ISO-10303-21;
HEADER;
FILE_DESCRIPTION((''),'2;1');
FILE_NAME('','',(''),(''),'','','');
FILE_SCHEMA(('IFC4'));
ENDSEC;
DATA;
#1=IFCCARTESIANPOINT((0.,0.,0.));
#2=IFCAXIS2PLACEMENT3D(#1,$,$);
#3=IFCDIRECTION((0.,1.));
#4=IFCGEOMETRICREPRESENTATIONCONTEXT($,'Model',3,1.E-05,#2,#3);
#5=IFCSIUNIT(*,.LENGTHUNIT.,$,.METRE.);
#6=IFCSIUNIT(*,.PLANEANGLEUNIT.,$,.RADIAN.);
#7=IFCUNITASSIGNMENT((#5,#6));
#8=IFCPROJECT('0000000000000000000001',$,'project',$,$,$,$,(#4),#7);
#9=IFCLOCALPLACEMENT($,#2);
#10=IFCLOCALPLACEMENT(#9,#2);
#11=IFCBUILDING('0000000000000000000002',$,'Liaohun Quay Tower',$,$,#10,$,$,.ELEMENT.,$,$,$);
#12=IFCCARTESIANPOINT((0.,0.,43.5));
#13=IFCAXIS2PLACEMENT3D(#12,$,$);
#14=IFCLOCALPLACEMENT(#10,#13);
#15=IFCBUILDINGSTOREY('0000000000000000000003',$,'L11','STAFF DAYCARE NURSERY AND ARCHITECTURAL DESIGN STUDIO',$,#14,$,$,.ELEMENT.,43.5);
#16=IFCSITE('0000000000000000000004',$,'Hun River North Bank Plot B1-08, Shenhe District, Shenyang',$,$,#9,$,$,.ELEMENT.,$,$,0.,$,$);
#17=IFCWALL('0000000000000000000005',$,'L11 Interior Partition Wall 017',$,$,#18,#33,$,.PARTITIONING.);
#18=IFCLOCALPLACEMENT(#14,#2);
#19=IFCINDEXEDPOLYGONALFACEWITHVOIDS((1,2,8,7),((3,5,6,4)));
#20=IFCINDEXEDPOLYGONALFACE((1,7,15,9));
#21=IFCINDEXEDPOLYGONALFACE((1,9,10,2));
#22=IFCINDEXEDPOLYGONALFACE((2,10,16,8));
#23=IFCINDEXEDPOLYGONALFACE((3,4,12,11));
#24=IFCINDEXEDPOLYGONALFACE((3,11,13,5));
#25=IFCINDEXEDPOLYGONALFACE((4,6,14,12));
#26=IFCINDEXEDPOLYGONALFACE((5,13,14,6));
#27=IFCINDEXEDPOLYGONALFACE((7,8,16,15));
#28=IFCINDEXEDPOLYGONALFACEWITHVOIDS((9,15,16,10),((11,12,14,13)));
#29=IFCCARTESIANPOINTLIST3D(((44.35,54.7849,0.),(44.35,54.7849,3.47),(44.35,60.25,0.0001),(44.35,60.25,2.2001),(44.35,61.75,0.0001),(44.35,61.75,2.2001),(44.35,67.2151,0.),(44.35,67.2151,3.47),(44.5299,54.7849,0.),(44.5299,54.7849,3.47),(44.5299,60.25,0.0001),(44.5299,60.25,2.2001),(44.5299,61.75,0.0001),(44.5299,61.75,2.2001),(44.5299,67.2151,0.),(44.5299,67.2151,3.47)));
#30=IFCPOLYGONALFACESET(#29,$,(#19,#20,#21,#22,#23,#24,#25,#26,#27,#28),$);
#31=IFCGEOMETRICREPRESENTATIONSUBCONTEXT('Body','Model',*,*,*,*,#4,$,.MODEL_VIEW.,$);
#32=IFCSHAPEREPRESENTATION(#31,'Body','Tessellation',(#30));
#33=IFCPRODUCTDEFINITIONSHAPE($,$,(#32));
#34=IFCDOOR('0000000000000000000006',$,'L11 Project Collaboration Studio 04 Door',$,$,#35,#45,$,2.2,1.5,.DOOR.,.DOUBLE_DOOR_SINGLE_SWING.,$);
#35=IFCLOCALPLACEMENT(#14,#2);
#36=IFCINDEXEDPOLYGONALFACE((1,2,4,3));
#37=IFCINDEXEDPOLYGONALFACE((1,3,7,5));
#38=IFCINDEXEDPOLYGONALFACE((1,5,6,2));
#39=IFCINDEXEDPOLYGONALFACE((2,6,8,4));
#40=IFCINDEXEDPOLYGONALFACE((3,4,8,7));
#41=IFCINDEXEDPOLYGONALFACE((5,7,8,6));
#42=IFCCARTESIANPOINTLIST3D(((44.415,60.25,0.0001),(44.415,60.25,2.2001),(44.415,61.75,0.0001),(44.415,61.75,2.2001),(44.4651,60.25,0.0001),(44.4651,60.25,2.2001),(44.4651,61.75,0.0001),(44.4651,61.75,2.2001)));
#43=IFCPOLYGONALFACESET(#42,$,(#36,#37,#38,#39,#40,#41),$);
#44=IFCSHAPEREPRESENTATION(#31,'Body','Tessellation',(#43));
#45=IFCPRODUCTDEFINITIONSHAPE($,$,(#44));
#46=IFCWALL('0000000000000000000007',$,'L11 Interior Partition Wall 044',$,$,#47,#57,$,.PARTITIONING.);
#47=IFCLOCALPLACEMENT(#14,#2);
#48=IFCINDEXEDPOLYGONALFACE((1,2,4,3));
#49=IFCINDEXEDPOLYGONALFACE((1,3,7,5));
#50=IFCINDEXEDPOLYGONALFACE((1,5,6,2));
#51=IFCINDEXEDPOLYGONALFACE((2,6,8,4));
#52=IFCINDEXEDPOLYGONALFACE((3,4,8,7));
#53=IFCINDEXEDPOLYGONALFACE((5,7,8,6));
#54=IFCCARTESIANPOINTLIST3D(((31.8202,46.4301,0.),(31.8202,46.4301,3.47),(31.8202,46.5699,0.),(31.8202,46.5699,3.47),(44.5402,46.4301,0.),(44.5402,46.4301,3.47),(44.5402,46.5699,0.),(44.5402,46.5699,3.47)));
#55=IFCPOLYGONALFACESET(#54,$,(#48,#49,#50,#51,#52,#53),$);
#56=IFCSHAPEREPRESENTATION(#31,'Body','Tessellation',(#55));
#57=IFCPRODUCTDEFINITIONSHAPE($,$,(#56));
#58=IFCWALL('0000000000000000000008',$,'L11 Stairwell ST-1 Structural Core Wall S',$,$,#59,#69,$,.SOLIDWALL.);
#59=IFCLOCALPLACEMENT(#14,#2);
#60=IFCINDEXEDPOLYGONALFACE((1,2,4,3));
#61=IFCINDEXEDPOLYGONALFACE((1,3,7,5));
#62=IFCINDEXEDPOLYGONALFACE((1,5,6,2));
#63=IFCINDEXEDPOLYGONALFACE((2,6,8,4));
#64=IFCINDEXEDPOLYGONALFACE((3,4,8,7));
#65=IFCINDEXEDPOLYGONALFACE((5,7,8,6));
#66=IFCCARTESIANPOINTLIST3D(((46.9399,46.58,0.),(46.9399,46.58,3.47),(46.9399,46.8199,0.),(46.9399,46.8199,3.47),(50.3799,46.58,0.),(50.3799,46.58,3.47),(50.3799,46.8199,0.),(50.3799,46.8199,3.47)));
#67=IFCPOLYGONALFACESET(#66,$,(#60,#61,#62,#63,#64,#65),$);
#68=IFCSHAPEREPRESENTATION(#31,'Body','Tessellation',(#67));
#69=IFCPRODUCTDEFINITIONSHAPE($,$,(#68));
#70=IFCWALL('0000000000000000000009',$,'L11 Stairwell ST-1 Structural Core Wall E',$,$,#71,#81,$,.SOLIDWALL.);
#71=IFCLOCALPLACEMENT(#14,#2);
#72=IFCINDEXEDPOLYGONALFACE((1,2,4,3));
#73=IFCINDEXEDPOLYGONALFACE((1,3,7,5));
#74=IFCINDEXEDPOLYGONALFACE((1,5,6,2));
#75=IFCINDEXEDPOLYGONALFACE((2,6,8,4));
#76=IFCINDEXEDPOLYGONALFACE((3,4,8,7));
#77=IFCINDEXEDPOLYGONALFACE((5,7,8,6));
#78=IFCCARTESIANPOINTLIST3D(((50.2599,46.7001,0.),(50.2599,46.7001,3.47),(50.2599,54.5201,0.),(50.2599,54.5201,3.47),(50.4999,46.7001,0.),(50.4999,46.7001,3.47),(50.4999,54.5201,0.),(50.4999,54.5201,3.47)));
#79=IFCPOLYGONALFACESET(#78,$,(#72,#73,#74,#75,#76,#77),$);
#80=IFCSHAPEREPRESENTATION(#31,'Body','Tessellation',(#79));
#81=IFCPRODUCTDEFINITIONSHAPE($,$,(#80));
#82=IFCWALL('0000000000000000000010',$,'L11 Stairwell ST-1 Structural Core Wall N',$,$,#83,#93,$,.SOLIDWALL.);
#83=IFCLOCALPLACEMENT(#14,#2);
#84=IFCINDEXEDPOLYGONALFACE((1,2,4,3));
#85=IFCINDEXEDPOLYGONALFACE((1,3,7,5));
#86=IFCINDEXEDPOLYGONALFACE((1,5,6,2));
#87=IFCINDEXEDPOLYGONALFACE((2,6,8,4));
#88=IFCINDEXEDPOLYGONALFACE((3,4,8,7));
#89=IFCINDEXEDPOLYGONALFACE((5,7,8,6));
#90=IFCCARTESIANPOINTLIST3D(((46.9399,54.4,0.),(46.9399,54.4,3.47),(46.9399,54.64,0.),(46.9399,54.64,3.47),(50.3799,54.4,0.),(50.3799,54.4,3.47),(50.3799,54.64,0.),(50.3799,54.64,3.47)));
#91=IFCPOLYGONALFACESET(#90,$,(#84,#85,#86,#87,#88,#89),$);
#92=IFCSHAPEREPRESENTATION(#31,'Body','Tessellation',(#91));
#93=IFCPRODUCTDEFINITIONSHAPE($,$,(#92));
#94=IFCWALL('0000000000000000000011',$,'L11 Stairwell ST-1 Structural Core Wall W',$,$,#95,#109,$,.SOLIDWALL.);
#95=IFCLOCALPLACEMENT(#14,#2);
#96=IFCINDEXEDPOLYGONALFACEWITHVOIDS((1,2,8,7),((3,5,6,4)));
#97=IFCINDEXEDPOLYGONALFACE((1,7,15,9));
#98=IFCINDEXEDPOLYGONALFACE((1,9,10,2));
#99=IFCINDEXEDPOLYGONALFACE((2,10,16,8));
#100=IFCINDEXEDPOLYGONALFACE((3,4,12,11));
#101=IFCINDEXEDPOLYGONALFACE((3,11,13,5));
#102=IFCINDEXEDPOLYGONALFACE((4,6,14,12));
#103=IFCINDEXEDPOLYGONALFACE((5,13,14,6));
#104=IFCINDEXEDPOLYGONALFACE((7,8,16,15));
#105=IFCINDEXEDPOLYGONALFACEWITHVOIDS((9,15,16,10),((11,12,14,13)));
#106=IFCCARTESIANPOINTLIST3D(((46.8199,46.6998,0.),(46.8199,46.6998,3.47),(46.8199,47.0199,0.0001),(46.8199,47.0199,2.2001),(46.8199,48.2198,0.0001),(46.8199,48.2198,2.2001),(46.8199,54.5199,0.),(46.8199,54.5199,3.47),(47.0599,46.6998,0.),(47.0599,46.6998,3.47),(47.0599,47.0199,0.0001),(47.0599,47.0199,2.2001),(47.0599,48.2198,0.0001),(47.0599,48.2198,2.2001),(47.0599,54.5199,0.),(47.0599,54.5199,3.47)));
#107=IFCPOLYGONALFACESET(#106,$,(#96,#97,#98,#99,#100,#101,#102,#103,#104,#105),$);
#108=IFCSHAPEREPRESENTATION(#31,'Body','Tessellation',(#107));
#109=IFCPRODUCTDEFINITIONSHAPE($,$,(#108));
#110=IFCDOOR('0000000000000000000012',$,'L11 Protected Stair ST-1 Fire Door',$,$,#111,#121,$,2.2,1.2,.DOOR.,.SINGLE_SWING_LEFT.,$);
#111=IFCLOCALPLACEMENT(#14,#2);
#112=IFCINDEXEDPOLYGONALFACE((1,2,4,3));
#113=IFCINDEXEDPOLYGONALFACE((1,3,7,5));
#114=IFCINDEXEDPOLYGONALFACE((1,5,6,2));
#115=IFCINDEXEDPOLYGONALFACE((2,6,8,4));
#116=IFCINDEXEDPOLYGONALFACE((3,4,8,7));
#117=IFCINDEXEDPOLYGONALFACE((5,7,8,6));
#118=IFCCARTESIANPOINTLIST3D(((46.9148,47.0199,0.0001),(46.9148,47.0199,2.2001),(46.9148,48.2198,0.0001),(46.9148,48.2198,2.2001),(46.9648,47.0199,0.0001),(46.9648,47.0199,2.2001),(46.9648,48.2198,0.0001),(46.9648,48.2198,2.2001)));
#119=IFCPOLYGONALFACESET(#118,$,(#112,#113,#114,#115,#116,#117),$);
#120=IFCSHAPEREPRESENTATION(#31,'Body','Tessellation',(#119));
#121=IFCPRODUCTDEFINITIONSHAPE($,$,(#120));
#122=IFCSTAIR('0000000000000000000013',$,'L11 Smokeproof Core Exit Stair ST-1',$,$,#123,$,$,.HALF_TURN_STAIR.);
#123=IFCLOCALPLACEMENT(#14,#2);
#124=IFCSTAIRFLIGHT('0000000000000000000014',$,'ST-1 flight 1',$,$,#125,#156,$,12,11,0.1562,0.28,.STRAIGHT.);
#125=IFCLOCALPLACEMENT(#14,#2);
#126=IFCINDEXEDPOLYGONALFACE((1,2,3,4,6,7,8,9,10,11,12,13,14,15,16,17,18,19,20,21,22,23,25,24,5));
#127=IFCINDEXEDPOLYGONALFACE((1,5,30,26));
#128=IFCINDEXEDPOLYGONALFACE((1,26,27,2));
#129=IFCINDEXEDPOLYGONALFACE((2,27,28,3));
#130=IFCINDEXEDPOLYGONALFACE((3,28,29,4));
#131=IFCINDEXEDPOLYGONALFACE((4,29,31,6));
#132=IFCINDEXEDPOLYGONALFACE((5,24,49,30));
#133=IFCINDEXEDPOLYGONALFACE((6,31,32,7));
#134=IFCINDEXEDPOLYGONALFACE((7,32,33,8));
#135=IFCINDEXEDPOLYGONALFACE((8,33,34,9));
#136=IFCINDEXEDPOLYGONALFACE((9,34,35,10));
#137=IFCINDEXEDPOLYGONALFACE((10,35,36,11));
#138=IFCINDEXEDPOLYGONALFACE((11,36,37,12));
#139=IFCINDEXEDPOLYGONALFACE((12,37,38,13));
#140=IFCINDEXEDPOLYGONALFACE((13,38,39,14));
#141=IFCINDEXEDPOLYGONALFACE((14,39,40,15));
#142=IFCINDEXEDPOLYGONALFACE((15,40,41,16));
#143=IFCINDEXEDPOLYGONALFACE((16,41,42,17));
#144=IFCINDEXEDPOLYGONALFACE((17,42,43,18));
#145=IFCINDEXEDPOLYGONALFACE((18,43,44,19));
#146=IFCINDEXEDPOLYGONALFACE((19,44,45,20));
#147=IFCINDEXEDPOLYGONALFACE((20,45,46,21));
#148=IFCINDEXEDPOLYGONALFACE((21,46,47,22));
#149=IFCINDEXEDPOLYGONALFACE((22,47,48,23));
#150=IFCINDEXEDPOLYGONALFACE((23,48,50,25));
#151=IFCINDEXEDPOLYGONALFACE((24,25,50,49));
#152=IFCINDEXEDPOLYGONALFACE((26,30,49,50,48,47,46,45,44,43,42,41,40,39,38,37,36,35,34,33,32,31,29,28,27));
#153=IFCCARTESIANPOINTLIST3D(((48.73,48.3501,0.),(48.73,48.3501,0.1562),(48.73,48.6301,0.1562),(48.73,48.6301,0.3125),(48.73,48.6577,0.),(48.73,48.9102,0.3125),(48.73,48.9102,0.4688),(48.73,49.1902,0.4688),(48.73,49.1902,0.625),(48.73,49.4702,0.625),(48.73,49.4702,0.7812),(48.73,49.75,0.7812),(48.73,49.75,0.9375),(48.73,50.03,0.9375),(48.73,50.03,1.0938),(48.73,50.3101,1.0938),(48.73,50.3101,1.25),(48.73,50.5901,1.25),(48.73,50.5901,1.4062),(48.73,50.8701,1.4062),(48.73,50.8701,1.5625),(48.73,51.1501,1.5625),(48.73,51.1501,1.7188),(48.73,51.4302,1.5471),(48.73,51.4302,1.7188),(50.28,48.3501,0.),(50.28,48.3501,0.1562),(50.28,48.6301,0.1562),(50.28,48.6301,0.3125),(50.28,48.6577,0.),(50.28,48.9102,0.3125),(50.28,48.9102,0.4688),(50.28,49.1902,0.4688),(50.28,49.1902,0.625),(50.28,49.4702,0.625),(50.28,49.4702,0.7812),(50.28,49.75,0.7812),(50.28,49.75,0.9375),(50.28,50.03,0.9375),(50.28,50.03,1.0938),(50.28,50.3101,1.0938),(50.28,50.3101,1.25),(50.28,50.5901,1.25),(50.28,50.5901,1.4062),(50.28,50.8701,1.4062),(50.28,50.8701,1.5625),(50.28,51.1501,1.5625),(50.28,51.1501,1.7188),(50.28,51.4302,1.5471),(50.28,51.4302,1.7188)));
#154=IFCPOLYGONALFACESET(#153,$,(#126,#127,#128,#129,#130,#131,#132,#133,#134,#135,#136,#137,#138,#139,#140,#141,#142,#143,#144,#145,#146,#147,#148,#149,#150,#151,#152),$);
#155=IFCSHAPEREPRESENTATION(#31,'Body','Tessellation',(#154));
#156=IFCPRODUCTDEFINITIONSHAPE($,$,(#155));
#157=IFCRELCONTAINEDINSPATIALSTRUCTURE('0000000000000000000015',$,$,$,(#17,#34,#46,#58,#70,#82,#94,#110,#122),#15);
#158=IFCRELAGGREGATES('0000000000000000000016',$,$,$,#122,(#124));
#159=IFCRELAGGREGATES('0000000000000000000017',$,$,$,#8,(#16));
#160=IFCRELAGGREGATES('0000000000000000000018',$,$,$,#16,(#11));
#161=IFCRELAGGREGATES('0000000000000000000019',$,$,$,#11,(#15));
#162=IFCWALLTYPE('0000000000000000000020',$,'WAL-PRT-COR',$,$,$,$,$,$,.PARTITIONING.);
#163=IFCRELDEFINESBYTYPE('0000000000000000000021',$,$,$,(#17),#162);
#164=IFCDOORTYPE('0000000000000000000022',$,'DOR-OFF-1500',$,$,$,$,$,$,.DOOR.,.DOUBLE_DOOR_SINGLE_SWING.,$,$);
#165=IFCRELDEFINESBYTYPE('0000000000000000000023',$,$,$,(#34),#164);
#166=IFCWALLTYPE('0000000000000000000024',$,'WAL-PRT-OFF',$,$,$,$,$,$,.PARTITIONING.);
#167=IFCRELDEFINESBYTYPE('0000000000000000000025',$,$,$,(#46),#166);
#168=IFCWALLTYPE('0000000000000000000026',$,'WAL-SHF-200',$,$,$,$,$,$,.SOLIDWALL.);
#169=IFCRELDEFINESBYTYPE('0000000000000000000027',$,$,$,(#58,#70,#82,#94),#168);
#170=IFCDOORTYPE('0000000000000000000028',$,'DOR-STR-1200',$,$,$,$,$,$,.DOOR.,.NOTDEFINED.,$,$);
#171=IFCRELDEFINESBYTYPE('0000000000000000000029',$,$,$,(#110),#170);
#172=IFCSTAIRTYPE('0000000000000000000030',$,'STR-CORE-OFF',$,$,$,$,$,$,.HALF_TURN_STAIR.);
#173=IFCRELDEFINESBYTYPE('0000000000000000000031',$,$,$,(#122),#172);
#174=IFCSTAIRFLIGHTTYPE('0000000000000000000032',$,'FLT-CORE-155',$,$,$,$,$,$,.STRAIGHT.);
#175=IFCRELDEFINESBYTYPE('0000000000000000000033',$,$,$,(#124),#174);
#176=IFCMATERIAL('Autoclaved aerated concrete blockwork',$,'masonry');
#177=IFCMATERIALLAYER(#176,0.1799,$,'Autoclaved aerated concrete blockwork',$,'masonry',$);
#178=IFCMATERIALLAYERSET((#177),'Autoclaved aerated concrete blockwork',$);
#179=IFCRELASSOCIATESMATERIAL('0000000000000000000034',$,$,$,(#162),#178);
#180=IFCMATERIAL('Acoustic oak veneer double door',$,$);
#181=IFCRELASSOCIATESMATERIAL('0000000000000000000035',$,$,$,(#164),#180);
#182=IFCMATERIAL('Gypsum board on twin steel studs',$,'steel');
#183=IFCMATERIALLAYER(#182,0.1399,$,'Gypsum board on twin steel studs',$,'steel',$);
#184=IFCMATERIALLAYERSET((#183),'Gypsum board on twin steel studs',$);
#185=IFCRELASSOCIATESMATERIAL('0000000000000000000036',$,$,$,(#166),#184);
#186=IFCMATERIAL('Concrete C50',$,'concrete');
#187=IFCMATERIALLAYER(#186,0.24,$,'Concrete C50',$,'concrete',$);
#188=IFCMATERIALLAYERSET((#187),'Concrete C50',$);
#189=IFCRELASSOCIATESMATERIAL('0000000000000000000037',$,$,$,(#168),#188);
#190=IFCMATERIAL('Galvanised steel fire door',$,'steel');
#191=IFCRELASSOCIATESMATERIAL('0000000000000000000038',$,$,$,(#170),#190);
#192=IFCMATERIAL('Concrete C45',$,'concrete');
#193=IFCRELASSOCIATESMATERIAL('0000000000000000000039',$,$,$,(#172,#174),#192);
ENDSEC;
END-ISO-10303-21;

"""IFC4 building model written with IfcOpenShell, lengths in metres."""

from ifc_helpers import new_model, si_unit, direction, frame, frame_2d, origin, place, context, subcontext, project, spatial, polyline, rectangle, outline, extrude, source, transform, mapped, material, layer, layer_set, type_object, element, fill, aggregate, save


model = new_model("IFC4")

# Units and contexts
model_context = context("Model", 3, precision=1e-05, world=origin(), true_north=direction((0.0, 1.0)))
body_context = subcontext(model_context, "Body", "Model", "MODEL_VIEW")
ifc_project = project(units=[si_unit("LENGTHUNIT", "METRE"), si_unit("PLANEANGLEUNIT", "RADIAN")], contexts=[model_context])

# Site, building, storey
site_placement = place(None, origin())
site = spatial("IfcSite", under=ifc_project, at=site_placement, Name="Hun River North Bank Plot B1-08, Shenhe District, Shenyang", CompositionType="ELEMENT", RefElevation=0.0)
building_placement = place(site_placement, origin())
building = spatial("IfcBuilding", under=site, at=building_placement, Name="Liaohun Quay Tower", CompositionType="ELEMENT")
storey_placement = place(building_placement, frame((0.0, 0.0, 43.5)))
storey = spatial("IfcBuildingStorey", under=building, at=storey_placement, Name="L11", Description="STAFF DAYCARE NURSERY AND ARCHITECTURAL DESIGN STUDIO", CompositionType="ELEMENT", Elevation=43.5)

# Wall, opening, door
ifc_material_1 = material(Name="Autoclaved aerated concrete blockwork", Category="masonry")
ifc_layer_1 = layer(ifc_material_1, 0.1799, Name="Autoclaved aerated concrete blockwork", Category="masonry")
ifc_layer_set_1 = layer_set([ifc_layer_1], Name="Autoclaved aerated concrete blockwork")
wall_type_1 = type_object("IfcWallType", Name="WAL-PRT-COR", PredefinedType="PARTITIONING", material=ifc_layer_set_1)
wall_1_placement = place(storey_placement, frame((44.4399, 54.7849, 0.0), z_axis=(0.0, 0.0, 1.0), x_axis=(0.0, 1.0, 0.0)))
wall_1 = element("IfcWall", 1, at=wall_1_placement, inside=storey, type_object=wall_type_1, Name="L11 Interior Partition Wall 017", PredefinedType="PARTITIONING", context=body_context, shape_type="SweptSolid", body=[
    extrude(rectangle(XDim=12.4302, YDim=0.1799, at=frame_2d((6.2151, 0.0))), origin(), (0.0, 0.0, 1.0), 3.47),
])
shared_shape_1 = source(origin(), body_context, "Body", "SweptSolid", [
    extrude(rectangle(XDim=1.5, YDim=2.2, at=frame_2d((0.75, 1.1001))), frame((0.0, 0.0999, 0.0), z_axis=(0.0, -1.0, 0.0), x_axis=(1.0, 0.0, 0.0)), (0.0, 0.0, 1.0), 0.2),
])
opening_1_placement = place(wall_1_placement, frame((5.4651, 0.0, 0.0)))
opening_1 = element("IfcOpeningElement", 2, at=opening_1_placement, cuts=wall_1, PredefinedType="OPENING", context=body_context, shape_type="MappedRepresentation", body=[
    mapped(shared_shape_1, transform((0.0, 0.0, 0.0), x_axis=(1.0, 0.0, 0.0), y_axis=(0.0, 1.0, 0.0), z_axis=(0.0, 0.0, 1.0), scale=1.0)),
])
ifc_material_2 = material(Name="Acoustic oak veneer double door")
door_type_1 = type_object("IfcDoorType", Name="DOR-OFF-1500", OperationType="DOUBLE_DOOR_SINGLE_SWING", PredefinedType="DOOR", material=ifc_material_2)
shared_shape_2 = source(origin(), body_context, "Body", "SweptSolid", [
    extrude(rectangle(XDim=1.5, YDim=2.2, at=frame_2d((0.75, 1.1001))), frame((0.0, 0.0249, 0.0), z_axis=(0.0, -1.0, 0.0), x_axis=(1.0, 0.0, 0.0)), (0.0, 0.0, 1.0), 0.05),
])
door_1_placement = place(opening_1_placement, origin())
door_1 = element("IfcDoor", 3, at=door_1_placement, inside=storey, type_object=door_type_1, Name="L11 Project Collaboration Studio 04 Door", OperationType="DOUBLE_DOOR_SINGLE_SWING", OverallHeight=2.2, OverallWidth=1.5, PredefinedType="DOOR", context=body_context, shape_type="MappedRepresentation", body=[
    mapped(shared_shape_2, transform((0.0, 0.0, 0.0), x_axis=(1.0, 0.0, 0.0), y_axis=(0.0, 1.0, 0.0), z_axis=(0.0, 0.0, 1.0), scale=1.0)),
])
fill(opening_1, door_1)

# Walls
ifc_material_3 = material(Name="Gypsum board on twin steel studs", Category="steel")
ifc_layer_2 = layer(ifc_material_3, 0.1399, Name="Gypsum board on twin steel studs", Category="steel")
ifc_layer_set_2 = layer_set([ifc_layer_2], Name="Gypsum board on twin steel studs")
wall_type_2 = type_object("IfcWallType", Name="WAL-PRT-OFF", PredefinedType="PARTITIONING", material=ifc_layer_set_2)
wall_2_placement = place(storey_placement, frame((44.54, 46.5, 0.0), z_axis=(0.0, 0.0, 1.0), x_axis=(-1.0, 0.0, 0.0)))
element("IfcWall", 4, at=wall_2_placement, inside=storey, type_object=wall_type_2, Name="L11 Interior Partition Wall 044", PredefinedType="PARTITIONING", context=body_context, shape_type="SweptSolid", body=[
    extrude(rectangle(XDim=12.72, YDim=0.1399, at=frame_2d((6.3599, 0.0))), origin(), (0.0, 0.0, 1.0), 3.47),
])
ifc_material_4 = material(Name="Concrete C50", Category="concrete")
ifc_layer_3 = layer(ifc_material_4, 0.24, Name="Concrete C50", Category="concrete")
ifc_layer_set_3 = layer_set([ifc_layer_3], Name="Concrete C50")
wall_type_3 = type_object("IfcWallType", Name="WAL-SHF-200", PredefinedType="SOLIDWALL", material=ifc_layer_set_3)
wall_3_placement = place(storey_placement, frame((46.9399, 46.7, 0.0), z_axis=(0.0, 0.0, 1.0), x_axis=(1.0, 0.0, 0.0)))
element("IfcWall", 5, at=wall_3_placement, inside=storey, type_object=wall_type_3, Name="L11 Stairwell ST-1 Structural Core Wall S", PredefinedType="SOLIDWALL", context=body_context, shape_type="SweptSolid", body=[
    extrude(rectangle(XDim=3.4399, YDim=0.24, at=frame_2d((1.72, 0.0))), origin(), (0.0, 0.0, 1.0), 3.47),
])
wall_4_placement = place(storey_placement, frame((50.3799, 46.7, 0.0), z_axis=(0.0, 0.0, 1.0), x_axis=(0.0, 1.0, 0.0)))
element("IfcWall", 6, at=wall_4_placement, inside=storey, type_object=wall_type_3, Name="L11 Stairwell ST-1 Structural Core Wall E", PredefinedType="SOLIDWALL", context=body_context, shape_type="SweptSolid", body=[
    extrude(rectangle(XDim=7.8201, YDim=0.24, at=frame_2d((3.9102, 0.0))), origin(), (0.0, 0.0, 1.0), 3.47),
])
wall_5_placement = place(storey_placement, frame((50.3799, 54.52, 0.0), z_axis=(0.0, 0.0, 1.0), x_axis=(-1.0, 0.0, 0.0)))
element("IfcWall", 7, at=wall_5_placement, inside=storey, type_object=wall_type_3, Name="L11 Stairwell ST-1 Structural Core Wall N", PredefinedType="SOLIDWALL", context=body_context, shape_type="SweptSolid", body=[
    extrude(rectangle(XDim=3.4399, YDim=0.24, at=frame_2d((1.72, 0.0))), origin(), (0.0, 0.0, 1.0), 3.47),
])

# Wall, opening, door
wall_6_placement = place(storey_placement, frame((46.9399, 54.52, 0.0), z_axis=(0.0, 0.0, 1.0), x_axis=(0.0, -1.0, 0.0)))
wall_6 = element("IfcWall", 8, at=wall_6_placement, inside=storey, type_object=wall_type_3, Name="L11 Stairwell ST-1 Structural Core Wall W", PredefinedType="SOLIDWALL", context=body_context, shape_type="SweptSolid", body=[
    extrude(rectangle(XDim=7.8201, YDim=0.24, at=frame_2d((3.9102, 0.0))), origin(), (0.0, 0.0, 1.0), 3.47),
])
shared_shape_3 = source(origin(), body_context, "Body", "SweptSolid", [
    extrude(rectangle(XDim=1.2, YDim=2.2, at=frame_2d((0.6001, 1.1001))), frame((0.0, 0.1299, 0.0), z_axis=(0.0, -1.0, 0.0), x_axis=(1.0, 0.0, 0.0)), (0.0, 0.0, 1.0), 0.26),
])
opening_2_placement = place(wall_6_placement, frame((6.3, 0.0, 0.0)))
opening_2 = element("IfcOpeningElement", 9, at=opening_2_placement, cuts=wall_6, PredefinedType="OPENING", context=body_context, shape_type="MappedRepresentation", body=[
    mapped(shared_shape_3, transform((0.0, 0.0, 0.0), x_axis=(1.0, 0.0, 0.0), y_axis=(0.0, 1.0, 0.0), z_axis=(0.0, 0.0, 1.0), scale=1.0)),
])
ifc_material_5 = material(Name="Galvanised steel fire door", Category="steel")
door_type_2 = type_object("IfcDoorType", Name="DOR-STR-1200", OperationType="NOTDEFINED", PredefinedType="DOOR", material=ifc_material_5)
shared_shape_4 = source(origin(), body_context, "Body", "SweptSolid", [
    extrude(rectangle(XDim=1.2, YDim=2.2, at=frame_2d((0.6001, 1.1001))), frame((0.0, 0.0249, 0.0), z_axis=(0.0, -1.0, 0.0), x_axis=(1.0, 0.0, 0.0)), (0.0, 0.0, 1.0), 0.05),
])
door_2_placement = place(opening_2_placement, origin())
door_2 = element("IfcDoor", 10, at=door_2_placement, inside=storey, type_object=door_type_2, Name="L11 Protected Stair ST-1 Fire Door", OperationType="SINGLE_SWING_LEFT", OverallHeight=2.2, OverallWidth=1.2, PredefinedType="DOOR", context=body_context, shape_type="MappedRepresentation", body=[
    mapped(shared_shape_4, transform((0.0, 0.0, 0.0), x_axis=(1.0, 0.0, 0.0), y_axis=(0.0, 1.0, 0.0), z_axis=(0.0, 0.0, 1.0), scale=1.0)),
])
fill(opening_2, door_2)

# Stair, stair flight
ifc_material_6 = material(Name="Concrete C45", Category="concrete")
stair_type = type_object("IfcStairType", Name="STR-CORE-OFF", PredefinedType="HALF_TURN_STAIR", material=ifc_material_6)
stair_placement = place(storey_placement, origin())
stair = element("IfcStair", 11, at=stair_placement, inside=storey, type_object=stair_type, Name="L11 Smokeproof Core Exit Stair ST-1", PredefinedType="HALF_TURN_STAIR")
stair_flight_type = type_object("IfcStairFlightType", Name="FLT-CORE-155", PredefinedType="STRAIGHT", material=ifc_material_6)
stair_flight_1_placement = place(storey_placement, frame((49.5049, 48.3501, 0.0), z_axis=(0.0, 0.0, 1.0), x_axis=(0.0, 1.0, 0.0)))
stair_flight_1 = element("IfcStairFlight", 12, at=stair_flight_1_placement, type_object=stair_flight_type, Name="ST-1 flight 1", NumberOfRisers=12, NumberOfTreads=11, PredefinedType="STRAIGHT", RiserHeight=0.1562, TreadLength=0.28, context=body_context, shape_type="SweptSolid", body=[
    extrude(outline(polyline([(0.0, 0.0), (0.0, 0.1562), (0.28, 0.1562), (0.28, 0.3125), (0.5601, 0.3125), (0.5601, 0.4688), (0.8401, 0.4688), (0.8401, 0.625), (1.1201, 0.625), (1.1201, 0.7812), (1.3999, 0.7812), (1.3999, 0.9375), (1.6799, 0.9375), (1.6799, 1.0938), (1.96, 1.0938), (1.96, 1.25), (2.24, 1.25), (2.24, 1.4062), (2.52, 1.4062), (2.52, 1.5625), (2.8, 1.5625), (2.8, 1.7188), (3.0801, 1.7188), (3.0801, 1.875), (3.0801, 1.5471), (0.3076, 0.0), (0.0, 0.0)])), frame((0.0, 0.7749, 0.0), z_axis=(0.0, -1.0, 0.0), x_axis=(1.0, 0.0, 0.0)), (0.0, 0.0, 1.0), 1.55),
])
aggregate(stair, [stair_flight_1])

save(model, "model.ifc")
